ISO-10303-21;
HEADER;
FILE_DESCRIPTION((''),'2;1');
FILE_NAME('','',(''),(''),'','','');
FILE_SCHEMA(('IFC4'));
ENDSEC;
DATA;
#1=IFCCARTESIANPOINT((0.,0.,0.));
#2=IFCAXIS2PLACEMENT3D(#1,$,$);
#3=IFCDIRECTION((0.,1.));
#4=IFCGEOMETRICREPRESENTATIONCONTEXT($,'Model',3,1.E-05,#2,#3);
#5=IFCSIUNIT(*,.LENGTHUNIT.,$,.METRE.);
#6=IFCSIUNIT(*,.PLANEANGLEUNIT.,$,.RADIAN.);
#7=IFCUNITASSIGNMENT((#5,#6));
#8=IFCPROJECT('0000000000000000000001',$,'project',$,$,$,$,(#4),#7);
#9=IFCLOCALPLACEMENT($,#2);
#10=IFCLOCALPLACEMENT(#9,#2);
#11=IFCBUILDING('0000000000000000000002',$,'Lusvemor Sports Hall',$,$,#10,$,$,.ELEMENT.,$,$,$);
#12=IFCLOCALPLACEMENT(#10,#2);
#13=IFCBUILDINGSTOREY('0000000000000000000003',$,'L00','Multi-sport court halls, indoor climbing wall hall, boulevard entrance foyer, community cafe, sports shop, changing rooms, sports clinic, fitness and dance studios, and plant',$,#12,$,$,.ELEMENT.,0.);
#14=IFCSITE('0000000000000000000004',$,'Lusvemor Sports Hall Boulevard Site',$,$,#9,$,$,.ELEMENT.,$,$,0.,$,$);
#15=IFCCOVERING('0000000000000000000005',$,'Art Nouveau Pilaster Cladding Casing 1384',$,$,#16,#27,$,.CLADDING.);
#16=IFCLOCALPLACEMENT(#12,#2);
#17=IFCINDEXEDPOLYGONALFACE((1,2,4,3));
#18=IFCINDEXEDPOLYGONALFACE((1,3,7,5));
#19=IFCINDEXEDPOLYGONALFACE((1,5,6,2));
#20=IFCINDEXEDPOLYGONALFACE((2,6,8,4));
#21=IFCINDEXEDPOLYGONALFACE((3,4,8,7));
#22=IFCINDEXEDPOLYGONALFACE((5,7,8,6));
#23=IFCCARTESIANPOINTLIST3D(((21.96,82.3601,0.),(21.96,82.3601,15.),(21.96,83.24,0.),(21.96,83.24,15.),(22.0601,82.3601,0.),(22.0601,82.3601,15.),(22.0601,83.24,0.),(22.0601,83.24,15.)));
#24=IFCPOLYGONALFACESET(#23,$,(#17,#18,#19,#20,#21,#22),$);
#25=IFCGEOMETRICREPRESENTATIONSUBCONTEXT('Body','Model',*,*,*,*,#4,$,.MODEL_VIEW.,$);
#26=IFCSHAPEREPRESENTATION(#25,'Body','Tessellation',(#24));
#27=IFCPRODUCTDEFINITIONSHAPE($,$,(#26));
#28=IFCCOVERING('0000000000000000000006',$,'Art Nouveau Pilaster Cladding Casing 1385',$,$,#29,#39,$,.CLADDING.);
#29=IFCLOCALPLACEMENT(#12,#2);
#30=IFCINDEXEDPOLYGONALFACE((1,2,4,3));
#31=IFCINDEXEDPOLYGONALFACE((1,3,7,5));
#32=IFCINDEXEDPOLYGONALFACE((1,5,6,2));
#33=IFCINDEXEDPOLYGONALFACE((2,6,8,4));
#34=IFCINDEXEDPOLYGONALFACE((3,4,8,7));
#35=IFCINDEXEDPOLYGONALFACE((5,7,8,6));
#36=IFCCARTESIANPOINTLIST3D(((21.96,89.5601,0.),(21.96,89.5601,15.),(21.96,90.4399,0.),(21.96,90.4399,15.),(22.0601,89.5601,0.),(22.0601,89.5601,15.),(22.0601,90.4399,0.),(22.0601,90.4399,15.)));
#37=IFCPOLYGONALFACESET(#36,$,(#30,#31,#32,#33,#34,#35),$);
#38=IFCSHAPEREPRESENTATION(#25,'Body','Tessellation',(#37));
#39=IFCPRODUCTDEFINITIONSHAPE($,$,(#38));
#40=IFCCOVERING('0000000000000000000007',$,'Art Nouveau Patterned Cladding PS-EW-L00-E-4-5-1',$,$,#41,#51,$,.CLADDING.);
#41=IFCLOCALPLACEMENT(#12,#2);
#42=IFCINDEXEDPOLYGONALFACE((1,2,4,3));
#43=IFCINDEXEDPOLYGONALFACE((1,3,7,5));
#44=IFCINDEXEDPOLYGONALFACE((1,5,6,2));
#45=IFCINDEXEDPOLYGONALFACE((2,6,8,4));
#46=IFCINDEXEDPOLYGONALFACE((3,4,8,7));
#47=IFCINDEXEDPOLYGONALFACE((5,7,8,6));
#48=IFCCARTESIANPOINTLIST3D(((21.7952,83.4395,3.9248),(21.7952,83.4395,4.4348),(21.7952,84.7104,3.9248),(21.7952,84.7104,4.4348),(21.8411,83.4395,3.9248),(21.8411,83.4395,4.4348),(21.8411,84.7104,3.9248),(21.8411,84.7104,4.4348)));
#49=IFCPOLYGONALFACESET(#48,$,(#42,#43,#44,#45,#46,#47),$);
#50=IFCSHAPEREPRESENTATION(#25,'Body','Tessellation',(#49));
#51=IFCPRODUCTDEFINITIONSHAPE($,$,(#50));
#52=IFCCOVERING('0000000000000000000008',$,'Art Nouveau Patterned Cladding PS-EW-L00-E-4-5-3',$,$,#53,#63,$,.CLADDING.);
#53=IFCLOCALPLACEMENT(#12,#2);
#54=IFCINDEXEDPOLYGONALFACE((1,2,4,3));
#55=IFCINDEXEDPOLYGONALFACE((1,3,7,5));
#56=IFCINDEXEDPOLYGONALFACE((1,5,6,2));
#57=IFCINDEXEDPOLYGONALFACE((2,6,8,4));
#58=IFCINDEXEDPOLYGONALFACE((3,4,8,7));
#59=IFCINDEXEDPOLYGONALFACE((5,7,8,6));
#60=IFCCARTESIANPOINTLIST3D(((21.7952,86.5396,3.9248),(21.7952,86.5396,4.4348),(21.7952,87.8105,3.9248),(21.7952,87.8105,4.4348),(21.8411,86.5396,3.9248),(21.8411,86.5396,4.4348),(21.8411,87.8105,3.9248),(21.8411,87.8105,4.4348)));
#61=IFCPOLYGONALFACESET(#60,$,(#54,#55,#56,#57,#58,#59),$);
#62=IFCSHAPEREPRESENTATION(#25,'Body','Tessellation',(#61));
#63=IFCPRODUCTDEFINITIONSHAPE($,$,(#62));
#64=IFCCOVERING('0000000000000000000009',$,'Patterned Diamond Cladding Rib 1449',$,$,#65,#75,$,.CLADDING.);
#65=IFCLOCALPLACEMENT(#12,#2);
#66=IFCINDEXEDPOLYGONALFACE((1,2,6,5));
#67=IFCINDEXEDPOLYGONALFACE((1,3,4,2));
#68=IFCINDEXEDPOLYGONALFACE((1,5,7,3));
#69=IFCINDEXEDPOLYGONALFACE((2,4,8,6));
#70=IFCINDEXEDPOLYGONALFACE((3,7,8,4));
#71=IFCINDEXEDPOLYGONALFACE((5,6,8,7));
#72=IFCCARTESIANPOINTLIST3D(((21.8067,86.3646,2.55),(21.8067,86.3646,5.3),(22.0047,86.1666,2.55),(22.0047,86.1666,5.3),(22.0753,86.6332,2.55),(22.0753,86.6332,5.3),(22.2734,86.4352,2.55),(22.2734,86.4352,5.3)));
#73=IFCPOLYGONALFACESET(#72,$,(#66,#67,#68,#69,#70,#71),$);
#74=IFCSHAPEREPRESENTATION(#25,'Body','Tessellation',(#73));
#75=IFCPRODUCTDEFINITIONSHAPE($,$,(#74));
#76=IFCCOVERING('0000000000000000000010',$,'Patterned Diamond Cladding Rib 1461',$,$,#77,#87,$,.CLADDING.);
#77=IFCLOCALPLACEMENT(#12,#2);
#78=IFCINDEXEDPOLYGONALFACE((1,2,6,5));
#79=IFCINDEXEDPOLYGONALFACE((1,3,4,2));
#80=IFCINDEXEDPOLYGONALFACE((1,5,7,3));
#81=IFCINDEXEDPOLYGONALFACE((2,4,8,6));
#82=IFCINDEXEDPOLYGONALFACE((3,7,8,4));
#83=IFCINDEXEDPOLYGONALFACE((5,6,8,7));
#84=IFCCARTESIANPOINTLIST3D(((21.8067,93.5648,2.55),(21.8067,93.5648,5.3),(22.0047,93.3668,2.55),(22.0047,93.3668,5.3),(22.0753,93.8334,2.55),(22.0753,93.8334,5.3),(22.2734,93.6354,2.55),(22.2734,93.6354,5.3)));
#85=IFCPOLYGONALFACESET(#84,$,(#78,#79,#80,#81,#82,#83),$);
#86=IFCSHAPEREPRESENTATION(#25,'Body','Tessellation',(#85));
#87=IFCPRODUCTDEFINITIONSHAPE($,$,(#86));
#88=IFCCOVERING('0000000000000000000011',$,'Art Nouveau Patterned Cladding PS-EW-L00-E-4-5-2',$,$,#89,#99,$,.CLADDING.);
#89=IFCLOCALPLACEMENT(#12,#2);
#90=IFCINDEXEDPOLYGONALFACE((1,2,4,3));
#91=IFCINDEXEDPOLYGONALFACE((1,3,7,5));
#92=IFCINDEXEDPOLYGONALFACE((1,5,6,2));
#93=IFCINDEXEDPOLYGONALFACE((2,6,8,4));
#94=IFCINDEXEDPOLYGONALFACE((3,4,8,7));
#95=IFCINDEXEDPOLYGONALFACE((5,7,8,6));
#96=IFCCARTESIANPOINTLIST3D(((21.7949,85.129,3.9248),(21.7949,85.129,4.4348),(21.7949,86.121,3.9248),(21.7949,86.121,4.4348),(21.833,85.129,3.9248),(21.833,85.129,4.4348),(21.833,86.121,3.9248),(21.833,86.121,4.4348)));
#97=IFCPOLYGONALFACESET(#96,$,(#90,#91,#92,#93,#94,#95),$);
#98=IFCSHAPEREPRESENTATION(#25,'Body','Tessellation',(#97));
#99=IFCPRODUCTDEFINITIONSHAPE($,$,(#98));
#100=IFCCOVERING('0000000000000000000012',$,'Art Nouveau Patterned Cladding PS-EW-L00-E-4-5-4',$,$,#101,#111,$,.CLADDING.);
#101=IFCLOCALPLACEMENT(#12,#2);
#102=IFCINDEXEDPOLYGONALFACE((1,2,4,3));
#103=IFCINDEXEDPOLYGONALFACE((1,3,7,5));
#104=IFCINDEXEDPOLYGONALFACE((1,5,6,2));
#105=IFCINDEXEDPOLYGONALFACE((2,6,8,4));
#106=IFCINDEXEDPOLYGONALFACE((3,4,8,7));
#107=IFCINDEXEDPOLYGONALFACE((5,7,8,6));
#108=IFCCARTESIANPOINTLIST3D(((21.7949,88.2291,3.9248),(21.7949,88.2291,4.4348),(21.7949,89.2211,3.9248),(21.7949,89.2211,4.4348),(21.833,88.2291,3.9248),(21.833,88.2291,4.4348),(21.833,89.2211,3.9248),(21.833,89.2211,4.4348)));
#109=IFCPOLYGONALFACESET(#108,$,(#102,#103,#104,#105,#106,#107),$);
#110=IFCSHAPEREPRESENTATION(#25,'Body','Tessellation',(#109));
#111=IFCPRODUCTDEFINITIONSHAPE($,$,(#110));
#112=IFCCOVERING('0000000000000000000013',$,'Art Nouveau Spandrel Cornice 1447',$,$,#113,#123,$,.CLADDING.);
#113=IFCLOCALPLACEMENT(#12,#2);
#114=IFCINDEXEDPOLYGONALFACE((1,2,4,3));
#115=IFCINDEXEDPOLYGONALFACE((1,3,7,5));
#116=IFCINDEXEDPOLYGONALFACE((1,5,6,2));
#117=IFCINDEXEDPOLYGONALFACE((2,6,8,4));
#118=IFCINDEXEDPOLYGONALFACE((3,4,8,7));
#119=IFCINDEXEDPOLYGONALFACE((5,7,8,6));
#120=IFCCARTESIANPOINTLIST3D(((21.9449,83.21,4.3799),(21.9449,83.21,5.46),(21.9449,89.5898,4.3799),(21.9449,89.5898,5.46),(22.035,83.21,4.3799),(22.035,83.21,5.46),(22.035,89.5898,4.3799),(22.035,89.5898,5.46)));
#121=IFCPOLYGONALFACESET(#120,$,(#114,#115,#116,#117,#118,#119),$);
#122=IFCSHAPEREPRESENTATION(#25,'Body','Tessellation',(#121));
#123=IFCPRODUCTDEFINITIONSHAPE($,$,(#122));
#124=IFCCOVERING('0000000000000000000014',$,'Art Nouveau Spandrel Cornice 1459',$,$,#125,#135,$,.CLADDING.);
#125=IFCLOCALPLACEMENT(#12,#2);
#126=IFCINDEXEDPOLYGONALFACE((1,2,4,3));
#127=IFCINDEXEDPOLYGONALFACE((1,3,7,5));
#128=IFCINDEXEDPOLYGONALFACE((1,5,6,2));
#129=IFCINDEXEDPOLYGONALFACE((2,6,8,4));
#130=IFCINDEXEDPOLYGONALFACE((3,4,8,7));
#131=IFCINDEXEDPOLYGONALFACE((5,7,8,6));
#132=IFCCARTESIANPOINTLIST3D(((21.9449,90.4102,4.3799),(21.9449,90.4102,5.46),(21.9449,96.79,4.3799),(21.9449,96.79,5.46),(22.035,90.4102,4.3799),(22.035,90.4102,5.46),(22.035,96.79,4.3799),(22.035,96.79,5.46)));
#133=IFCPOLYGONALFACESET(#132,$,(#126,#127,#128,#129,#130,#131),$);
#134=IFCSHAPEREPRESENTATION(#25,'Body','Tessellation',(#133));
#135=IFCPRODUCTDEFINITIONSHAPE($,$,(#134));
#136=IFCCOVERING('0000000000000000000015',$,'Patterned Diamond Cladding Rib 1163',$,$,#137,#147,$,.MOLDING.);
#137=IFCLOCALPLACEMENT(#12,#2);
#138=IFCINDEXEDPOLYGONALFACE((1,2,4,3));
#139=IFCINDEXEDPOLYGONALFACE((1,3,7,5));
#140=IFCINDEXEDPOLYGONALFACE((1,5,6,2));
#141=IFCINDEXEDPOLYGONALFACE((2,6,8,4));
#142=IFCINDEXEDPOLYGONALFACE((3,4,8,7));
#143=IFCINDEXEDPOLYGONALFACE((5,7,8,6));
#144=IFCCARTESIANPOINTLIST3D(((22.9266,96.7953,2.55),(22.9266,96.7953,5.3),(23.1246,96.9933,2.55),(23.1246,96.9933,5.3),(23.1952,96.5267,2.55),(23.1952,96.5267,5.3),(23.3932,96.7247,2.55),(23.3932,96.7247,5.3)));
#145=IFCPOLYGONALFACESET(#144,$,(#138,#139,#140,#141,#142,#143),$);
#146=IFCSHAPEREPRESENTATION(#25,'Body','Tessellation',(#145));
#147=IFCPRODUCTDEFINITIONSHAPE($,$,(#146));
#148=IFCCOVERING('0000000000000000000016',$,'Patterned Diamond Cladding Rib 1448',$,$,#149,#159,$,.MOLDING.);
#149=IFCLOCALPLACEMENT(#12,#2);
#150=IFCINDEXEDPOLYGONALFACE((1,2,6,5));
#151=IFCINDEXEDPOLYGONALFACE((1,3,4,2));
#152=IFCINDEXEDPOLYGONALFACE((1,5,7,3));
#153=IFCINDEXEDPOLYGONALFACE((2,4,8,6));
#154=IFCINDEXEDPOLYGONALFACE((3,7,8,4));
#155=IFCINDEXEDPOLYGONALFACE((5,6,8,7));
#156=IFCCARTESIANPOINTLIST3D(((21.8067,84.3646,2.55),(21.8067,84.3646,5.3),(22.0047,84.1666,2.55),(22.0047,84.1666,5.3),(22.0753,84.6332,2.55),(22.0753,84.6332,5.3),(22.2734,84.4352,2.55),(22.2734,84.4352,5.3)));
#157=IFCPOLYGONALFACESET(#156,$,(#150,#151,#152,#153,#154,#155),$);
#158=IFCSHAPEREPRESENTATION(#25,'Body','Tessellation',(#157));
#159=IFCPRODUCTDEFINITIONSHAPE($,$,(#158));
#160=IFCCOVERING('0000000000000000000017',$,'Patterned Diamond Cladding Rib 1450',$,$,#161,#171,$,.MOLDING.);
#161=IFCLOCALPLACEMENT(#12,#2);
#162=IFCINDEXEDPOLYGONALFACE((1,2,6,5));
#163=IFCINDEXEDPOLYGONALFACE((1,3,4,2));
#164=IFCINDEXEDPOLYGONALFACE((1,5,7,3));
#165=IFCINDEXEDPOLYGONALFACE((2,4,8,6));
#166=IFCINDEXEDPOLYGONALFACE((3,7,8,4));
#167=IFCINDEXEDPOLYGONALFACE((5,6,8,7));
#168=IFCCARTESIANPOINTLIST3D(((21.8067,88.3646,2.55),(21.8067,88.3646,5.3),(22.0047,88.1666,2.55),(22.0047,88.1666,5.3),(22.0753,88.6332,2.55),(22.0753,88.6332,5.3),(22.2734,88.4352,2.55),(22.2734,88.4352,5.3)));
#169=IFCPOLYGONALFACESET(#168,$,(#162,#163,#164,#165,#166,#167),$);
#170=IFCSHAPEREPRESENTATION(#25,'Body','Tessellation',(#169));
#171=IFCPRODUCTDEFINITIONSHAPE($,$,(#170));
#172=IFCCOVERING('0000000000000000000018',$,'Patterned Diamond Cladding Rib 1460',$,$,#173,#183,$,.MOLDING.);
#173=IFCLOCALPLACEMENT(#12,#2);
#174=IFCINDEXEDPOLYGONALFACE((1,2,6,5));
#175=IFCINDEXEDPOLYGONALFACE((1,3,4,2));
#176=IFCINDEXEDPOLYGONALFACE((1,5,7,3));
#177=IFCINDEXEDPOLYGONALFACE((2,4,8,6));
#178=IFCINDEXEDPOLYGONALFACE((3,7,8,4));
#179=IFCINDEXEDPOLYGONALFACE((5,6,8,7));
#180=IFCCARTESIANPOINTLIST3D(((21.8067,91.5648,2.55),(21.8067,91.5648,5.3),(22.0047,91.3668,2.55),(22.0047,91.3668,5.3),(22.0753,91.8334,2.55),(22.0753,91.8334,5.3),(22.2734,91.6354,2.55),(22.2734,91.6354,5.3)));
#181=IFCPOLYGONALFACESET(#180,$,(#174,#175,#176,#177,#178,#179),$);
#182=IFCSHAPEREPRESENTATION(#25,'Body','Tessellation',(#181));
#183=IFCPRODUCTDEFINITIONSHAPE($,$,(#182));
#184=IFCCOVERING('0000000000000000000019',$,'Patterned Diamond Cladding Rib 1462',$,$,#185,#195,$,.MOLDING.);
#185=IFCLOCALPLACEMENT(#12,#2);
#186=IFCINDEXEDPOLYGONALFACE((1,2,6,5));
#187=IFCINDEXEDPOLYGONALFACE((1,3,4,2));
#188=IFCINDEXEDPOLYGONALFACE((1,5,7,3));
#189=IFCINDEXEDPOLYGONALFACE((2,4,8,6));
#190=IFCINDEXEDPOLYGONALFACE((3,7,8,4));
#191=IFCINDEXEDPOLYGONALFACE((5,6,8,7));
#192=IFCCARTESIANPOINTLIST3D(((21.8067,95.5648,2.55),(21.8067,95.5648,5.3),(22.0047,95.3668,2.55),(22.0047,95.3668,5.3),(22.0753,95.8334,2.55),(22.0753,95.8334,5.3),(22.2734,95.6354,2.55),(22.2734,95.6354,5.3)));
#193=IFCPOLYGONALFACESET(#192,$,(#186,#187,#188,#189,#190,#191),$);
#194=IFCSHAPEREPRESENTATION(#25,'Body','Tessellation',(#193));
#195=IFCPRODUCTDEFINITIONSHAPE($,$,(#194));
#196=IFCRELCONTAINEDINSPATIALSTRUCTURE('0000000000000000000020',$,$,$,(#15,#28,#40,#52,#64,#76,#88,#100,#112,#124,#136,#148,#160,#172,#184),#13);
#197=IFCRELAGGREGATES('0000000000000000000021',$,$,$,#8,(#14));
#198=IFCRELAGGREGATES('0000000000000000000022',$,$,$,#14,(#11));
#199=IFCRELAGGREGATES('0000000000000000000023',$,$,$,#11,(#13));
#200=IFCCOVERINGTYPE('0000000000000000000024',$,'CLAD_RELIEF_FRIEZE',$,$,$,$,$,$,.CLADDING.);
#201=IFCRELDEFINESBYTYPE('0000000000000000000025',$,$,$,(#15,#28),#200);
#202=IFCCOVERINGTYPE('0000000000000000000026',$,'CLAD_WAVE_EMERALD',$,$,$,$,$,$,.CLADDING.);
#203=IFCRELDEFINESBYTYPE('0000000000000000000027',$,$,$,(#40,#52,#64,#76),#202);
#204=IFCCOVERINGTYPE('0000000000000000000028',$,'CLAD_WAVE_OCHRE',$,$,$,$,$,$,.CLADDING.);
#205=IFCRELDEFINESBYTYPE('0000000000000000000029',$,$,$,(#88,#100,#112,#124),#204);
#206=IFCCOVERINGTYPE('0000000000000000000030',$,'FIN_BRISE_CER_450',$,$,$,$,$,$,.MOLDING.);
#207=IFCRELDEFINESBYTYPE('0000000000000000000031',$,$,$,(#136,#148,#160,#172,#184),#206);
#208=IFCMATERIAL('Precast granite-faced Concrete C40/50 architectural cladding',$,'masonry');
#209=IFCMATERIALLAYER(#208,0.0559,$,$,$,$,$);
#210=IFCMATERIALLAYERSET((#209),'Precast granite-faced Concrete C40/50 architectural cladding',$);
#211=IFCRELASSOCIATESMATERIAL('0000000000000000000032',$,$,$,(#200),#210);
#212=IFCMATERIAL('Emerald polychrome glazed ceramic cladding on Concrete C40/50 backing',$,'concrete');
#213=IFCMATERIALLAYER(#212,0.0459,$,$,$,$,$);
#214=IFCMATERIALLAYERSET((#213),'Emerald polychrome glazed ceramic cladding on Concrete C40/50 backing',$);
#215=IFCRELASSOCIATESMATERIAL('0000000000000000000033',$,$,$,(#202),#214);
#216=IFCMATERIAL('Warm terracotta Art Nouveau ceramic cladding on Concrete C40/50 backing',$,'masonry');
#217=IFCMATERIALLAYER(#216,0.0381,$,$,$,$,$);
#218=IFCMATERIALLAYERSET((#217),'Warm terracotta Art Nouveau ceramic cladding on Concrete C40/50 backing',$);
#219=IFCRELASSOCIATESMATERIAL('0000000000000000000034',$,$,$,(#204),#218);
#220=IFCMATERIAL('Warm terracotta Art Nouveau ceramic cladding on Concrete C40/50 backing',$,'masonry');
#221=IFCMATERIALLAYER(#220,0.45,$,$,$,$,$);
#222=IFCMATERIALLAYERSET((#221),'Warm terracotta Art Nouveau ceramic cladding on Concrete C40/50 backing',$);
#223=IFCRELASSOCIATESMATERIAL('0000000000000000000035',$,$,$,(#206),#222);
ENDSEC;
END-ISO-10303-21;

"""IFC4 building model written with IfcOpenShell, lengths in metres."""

from ifc_helpers import new_model, si_unit, direction, frame, origin, origin_2d, place, context, subcontext, project, spatial, rectangle, extrude, material, layer, layer_set, type_object, element, save


model = new_model("IFC4")

# Units and contexts
model_context = context("Model", 3, precision=1e-05, world=origin(), true_north=direction((0.0, 1.0)))
body_context = subcontext(model_context, "Body", "Model", "MODEL_VIEW")
ifc_project = project(units=[si_unit("LENGTHUNIT", "METRE"), si_unit("PLANEANGLEUNIT", "RADIAN")], contexts=[model_context])

# Site, building, storey
site_placement = place(None, origin())
site = spatial("IfcSite", under=ifc_project, at=site_placement, Name="Lusvemor Sports Hall Boulevard Site", CompositionType="ELEMENT", RefElevation=0.0)
building_placement = place(site_placement, origin())
building = spatial("IfcBuilding", under=site, at=building_placement, Name="Lusvemor Sports Hall", CompositionType="ELEMENT")
storey_placement = place(building_placement, origin())
storey = spatial("IfcBuildingStorey", under=building, at=storey_placement, Name="L00", Description="Multi-sport court halls, indoor climbing wall hall, boulevard entrance foyer, community cafe, sports shop, changing rooms, sports clinic, fitness and dance studios, and plant", CompositionType="ELEMENT", Elevation=0.0)

# Coverings
ifc_material_1 = material(Name="Precast granite-faced Concrete C40/50 architectural cladding", Category="masonry")
ifc_layer_1 = layer(ifc_material_1, 0.0559)
ifc_layer_set_1 = layer_set([ifc_layer_1], Name="Precast granite-faced Concrete C40/50 architectural cladding")
covering_type_1 = type_object("IfcCoveringType", Name="CLAD_RELIEF_FRIEZE", PredefinedType="CLADDING", material=ifc_layer_set_1)
for number, where, z_axis, x_axis, name in (
    (1, (22.01, 82.8, 0.0), (0.0, 0.0, 1.0), (1.0, 0.0, 0.0), "Art Nouveau Pilaster Cladding Casing 1384"),
    (2, (22.01, 90.0, 0.0), (0.0, 0.0, 1.0), (1.0, 0.0, 0.0), "Art Nouveau Pilaster Cladding Casing 1385"),
):
    element("IfcCovering", number, at=place(storey_placement, frame(where, z_axis=z_axis, x_axis=x_axis)), inside=storey, type_object=covering_type_1, Name=name, PredefinedType="CLADDING", context=body_context, shape_type="SweptSolid", body=[
        extrude(rectangle(XDim=0.1001, YDim=0.8799, at=origin_2d()), origin(), (0.0, 0.0, 1.0), 15.0),
    ])
ifc_material_2 = material(Name="Emerald polychrome glazed ceramic cladding on Concrete C40/50 backing", Category="concrete")
ifc_layer_2 = layer(ifc_material_2, 0.0459)
ifc_layer_set_2 = layer_set([ifc_layer_2], Name="Emerald polychrome glazed ceramic cladding on Concrete C40/50 backing")
covering_type_2 = type_object("IfcCoveringType", Name="CLAD_WAVE_EMERALD", PredefinedType="CLADDING", material=ifc_layer_set_2)
for number, where, z_axis, x_axis, name in (
    (3, (21.8181, 84.075, 3.9248), (0.0, 0.0, 1.0), (1.0, 0.0, 0.0), "Art Nouveau Patterned Cladding PS-EW-L00-E-4-5-1"),
    (4, (21.8181, 87.175, 3.9248), (0.0, 0.0, 1.0), (1.0, 0.0, 0.0), "Art Nouveau Patterned Cladding PS-EW-L00-E-4-5-3"),
):
    element("IfcCovering", number, at=place(storey_placement, frame(where, z_axis=z_axis, x_axis=x_axis)), inside=storey, type_object=covering_type_2, Name=name, PredefinedType="CLADDING", context=body_context, shape_type="SweptSolid", body=[
        extrude(rectangle(XDim=0.0459, YDim=1.271, at=origin_2d()), origin(), (0.0, 0.0, 1.0), 0.51),
    ])
for number, where, z_axis, x_axis, name in (
    (5, (22.04, 86.3999, 2.55), (0.0, 0.0, 1.0), (0.707107, 0.707107, 0.0), "Patterned Diamond Cladding Rib 1449"),
    (6, (22.04, 93.6001, 2.55), (0.0, 0.0, 1.0), (0.707107, 0.707107, 0.0), "Patterned Diamond Cladding Rib 1461"),
):
    element("IfcCovering", number, at=place(storey_placement, frame(where, z_axis=z_axis, x_axis=x_axis)), inside=storey, type_object=covering_type_2, Name=name, PredefinedType="CLADDING", context=body_context, shape_type="SweptSolid", body=[
        extrude(rectangle(XDim=0.3799, YDim=0.28, at=origin_2d()), origin(), (0.0, 0.0, 1.0), 2.75),
    ])
ifc_material_3 = material(Name="Warm terracotta Art Nouveau ceramic cladding on Concrete C40/50 backing", Category="masonry")
ifc_layer_3 = layer(ifc_material_3, 0.0381)
ifc_layer_set_3 = layer_set([ifc_layer_3], Name="Warm terracotta Art Nouveau ceramic cladding on Concrete C40/50 backing")
covering_type_3 = type_object("IfcCoveringType", Name="CLAD_WAVE_OCHRE", PredefinedType="CLADDING", material=ifc_layer_set_3)
for number, where, z_axis, x_axis, name in (
    (7, (21.814, 85.625, 3.9248), (0.0, 0.0, 1.0), (1.0, 0.0, 0.0), "Art Nouveau Patterned Cladding PS-EW-L00-E-4-5-2"),
    (8, (21.814, 88.7251, 3.9248), (0.0, 0.0, 1.0), (1.0, 0.0, 0.0), "Art Nouveau Patterned Cladding PS-EW-L00-E-4-5-4"),
):
    element("IfcCovering", number, at=place(storey_placement, frame(where, z_axis=z_axis, x_axis=x_axis)), inside=storey, type_object=covering_type_3, Name=name, PredefinedType="CLADDING", context=body_context, shape_type="SweptSolid", body=[
        extrude(rectangle(XDim=0.0381, YDim=0.9919, at=origin_2d()), origin(), (0.0, 0.0, 1.0), 0.51),
    ])
for number, where, z_axis, x_axis, name in (
    (9, (21.99, 86.3999, 4.3799), (0.0, 0.0, 1.0), (1.0, 0.0, 0.0), "Art Nouveau Spandrel Cornice 1447"),
    (10, (21.99, 93.6001, 4.3799), (0.0, 0.0, 1.0), (1.0, 0.0, 0.0), "Art Nouveau Spandrel Cornice 1459"),
):
    element("IfcCovering", number, at=place(storey_placement, frame(where, z_axis=z_axis, x_axis=x_axis)), inside=storey, type_object=covering_type_3, Name=name, PredefinedType="CLADDING", context=body_context, shape_type="SweptSolid", body=[
        extrude(rectangle(XDim=0.0901, YDim=6.3799, at=origin_2d()), origin(), (0.0, 0.0, 1.0), 1.0801),
    ])
ifc_material_4 = material(Name="Warm terracotta Art Nouveau ceramic cladding on Concrete C40/50 backing", Category="masonry")
ifc_layer_4 = layer(ifc_material_4, 0.45)
ifc_layer_set_4 = layer_set([ifc_layer_4], Name="Warm terracotta Art Nouveau ceramic cladding on Concrete C40/50 backing")
covering_type_4 = type_object("IfcCoveringType", Name="FIN_BRISE_CER_450", PredefinedType="MOLDING", material=ifc_layer_set_4)
covering_placement = place(storey_placement, frame((23.1599, 96.76, 2.55), z_axis=(0.0, 0.0, 1.0), x_axis=(0.707107, 0.707107, 0.0)))
element("IfcCovering", 11, at=covering_placement, inside=storey, type_object=covering_type_4, Name="Patterned Diamond Cladding Rib 1163", PredefinedType="MOLDING", context=body_context, shape_type="SweptSolid", body=[
    extrude(rectangle(XDim=0.28, YDim=0.3799, at=origin_2d()), origin(), (0.0, 0.0, 1.0), 2.75),
])
for number, where, z_axis, x_axis, name in (
    (12, (22.04, 84.3999, 2.55), (0.0, 0.0, 1.0), (0.707107, 0.707107, 0.0), "Patterned Diamond Cladding Rib 1448"),
    (13, (22.04, 88.3999, 2.55), (0.0, 0.0, 1.0), (0.707107, 0.707107, 0.0), "Patterned Diamond Cladding Rib 1450"),
    (14, (22.04, 91.6001, 2.55), (0.0, 0.0, 1.0), (0.707107, 0.707107, 0.0), "Patterned Diamond Cladding Rib 1460"),
    (15, (22.04, 95.6001, 2.55), (0.0, 0.0, 1.0), (0.707107, 0.707107, 0.0), "Patterned Diamond Cladding Rib 1462"),
):
    element("IfcCovering", number, at=place(storey_placement, frame(where, z_axis=z_axis, x_axis=x_axis)), inside=storey, type_object=covering_type_4, Name=name, PredefinedType="MOLDING", context=body_context, shape_type="SweptSolid", body=[
        extrude(rectangle(XDim=0.3799, YDim=0.28, at=origin_2d()), origin(), (0.0, 0.0, 1.0), 2.75),
    ])

save(model, "model.ifc")
